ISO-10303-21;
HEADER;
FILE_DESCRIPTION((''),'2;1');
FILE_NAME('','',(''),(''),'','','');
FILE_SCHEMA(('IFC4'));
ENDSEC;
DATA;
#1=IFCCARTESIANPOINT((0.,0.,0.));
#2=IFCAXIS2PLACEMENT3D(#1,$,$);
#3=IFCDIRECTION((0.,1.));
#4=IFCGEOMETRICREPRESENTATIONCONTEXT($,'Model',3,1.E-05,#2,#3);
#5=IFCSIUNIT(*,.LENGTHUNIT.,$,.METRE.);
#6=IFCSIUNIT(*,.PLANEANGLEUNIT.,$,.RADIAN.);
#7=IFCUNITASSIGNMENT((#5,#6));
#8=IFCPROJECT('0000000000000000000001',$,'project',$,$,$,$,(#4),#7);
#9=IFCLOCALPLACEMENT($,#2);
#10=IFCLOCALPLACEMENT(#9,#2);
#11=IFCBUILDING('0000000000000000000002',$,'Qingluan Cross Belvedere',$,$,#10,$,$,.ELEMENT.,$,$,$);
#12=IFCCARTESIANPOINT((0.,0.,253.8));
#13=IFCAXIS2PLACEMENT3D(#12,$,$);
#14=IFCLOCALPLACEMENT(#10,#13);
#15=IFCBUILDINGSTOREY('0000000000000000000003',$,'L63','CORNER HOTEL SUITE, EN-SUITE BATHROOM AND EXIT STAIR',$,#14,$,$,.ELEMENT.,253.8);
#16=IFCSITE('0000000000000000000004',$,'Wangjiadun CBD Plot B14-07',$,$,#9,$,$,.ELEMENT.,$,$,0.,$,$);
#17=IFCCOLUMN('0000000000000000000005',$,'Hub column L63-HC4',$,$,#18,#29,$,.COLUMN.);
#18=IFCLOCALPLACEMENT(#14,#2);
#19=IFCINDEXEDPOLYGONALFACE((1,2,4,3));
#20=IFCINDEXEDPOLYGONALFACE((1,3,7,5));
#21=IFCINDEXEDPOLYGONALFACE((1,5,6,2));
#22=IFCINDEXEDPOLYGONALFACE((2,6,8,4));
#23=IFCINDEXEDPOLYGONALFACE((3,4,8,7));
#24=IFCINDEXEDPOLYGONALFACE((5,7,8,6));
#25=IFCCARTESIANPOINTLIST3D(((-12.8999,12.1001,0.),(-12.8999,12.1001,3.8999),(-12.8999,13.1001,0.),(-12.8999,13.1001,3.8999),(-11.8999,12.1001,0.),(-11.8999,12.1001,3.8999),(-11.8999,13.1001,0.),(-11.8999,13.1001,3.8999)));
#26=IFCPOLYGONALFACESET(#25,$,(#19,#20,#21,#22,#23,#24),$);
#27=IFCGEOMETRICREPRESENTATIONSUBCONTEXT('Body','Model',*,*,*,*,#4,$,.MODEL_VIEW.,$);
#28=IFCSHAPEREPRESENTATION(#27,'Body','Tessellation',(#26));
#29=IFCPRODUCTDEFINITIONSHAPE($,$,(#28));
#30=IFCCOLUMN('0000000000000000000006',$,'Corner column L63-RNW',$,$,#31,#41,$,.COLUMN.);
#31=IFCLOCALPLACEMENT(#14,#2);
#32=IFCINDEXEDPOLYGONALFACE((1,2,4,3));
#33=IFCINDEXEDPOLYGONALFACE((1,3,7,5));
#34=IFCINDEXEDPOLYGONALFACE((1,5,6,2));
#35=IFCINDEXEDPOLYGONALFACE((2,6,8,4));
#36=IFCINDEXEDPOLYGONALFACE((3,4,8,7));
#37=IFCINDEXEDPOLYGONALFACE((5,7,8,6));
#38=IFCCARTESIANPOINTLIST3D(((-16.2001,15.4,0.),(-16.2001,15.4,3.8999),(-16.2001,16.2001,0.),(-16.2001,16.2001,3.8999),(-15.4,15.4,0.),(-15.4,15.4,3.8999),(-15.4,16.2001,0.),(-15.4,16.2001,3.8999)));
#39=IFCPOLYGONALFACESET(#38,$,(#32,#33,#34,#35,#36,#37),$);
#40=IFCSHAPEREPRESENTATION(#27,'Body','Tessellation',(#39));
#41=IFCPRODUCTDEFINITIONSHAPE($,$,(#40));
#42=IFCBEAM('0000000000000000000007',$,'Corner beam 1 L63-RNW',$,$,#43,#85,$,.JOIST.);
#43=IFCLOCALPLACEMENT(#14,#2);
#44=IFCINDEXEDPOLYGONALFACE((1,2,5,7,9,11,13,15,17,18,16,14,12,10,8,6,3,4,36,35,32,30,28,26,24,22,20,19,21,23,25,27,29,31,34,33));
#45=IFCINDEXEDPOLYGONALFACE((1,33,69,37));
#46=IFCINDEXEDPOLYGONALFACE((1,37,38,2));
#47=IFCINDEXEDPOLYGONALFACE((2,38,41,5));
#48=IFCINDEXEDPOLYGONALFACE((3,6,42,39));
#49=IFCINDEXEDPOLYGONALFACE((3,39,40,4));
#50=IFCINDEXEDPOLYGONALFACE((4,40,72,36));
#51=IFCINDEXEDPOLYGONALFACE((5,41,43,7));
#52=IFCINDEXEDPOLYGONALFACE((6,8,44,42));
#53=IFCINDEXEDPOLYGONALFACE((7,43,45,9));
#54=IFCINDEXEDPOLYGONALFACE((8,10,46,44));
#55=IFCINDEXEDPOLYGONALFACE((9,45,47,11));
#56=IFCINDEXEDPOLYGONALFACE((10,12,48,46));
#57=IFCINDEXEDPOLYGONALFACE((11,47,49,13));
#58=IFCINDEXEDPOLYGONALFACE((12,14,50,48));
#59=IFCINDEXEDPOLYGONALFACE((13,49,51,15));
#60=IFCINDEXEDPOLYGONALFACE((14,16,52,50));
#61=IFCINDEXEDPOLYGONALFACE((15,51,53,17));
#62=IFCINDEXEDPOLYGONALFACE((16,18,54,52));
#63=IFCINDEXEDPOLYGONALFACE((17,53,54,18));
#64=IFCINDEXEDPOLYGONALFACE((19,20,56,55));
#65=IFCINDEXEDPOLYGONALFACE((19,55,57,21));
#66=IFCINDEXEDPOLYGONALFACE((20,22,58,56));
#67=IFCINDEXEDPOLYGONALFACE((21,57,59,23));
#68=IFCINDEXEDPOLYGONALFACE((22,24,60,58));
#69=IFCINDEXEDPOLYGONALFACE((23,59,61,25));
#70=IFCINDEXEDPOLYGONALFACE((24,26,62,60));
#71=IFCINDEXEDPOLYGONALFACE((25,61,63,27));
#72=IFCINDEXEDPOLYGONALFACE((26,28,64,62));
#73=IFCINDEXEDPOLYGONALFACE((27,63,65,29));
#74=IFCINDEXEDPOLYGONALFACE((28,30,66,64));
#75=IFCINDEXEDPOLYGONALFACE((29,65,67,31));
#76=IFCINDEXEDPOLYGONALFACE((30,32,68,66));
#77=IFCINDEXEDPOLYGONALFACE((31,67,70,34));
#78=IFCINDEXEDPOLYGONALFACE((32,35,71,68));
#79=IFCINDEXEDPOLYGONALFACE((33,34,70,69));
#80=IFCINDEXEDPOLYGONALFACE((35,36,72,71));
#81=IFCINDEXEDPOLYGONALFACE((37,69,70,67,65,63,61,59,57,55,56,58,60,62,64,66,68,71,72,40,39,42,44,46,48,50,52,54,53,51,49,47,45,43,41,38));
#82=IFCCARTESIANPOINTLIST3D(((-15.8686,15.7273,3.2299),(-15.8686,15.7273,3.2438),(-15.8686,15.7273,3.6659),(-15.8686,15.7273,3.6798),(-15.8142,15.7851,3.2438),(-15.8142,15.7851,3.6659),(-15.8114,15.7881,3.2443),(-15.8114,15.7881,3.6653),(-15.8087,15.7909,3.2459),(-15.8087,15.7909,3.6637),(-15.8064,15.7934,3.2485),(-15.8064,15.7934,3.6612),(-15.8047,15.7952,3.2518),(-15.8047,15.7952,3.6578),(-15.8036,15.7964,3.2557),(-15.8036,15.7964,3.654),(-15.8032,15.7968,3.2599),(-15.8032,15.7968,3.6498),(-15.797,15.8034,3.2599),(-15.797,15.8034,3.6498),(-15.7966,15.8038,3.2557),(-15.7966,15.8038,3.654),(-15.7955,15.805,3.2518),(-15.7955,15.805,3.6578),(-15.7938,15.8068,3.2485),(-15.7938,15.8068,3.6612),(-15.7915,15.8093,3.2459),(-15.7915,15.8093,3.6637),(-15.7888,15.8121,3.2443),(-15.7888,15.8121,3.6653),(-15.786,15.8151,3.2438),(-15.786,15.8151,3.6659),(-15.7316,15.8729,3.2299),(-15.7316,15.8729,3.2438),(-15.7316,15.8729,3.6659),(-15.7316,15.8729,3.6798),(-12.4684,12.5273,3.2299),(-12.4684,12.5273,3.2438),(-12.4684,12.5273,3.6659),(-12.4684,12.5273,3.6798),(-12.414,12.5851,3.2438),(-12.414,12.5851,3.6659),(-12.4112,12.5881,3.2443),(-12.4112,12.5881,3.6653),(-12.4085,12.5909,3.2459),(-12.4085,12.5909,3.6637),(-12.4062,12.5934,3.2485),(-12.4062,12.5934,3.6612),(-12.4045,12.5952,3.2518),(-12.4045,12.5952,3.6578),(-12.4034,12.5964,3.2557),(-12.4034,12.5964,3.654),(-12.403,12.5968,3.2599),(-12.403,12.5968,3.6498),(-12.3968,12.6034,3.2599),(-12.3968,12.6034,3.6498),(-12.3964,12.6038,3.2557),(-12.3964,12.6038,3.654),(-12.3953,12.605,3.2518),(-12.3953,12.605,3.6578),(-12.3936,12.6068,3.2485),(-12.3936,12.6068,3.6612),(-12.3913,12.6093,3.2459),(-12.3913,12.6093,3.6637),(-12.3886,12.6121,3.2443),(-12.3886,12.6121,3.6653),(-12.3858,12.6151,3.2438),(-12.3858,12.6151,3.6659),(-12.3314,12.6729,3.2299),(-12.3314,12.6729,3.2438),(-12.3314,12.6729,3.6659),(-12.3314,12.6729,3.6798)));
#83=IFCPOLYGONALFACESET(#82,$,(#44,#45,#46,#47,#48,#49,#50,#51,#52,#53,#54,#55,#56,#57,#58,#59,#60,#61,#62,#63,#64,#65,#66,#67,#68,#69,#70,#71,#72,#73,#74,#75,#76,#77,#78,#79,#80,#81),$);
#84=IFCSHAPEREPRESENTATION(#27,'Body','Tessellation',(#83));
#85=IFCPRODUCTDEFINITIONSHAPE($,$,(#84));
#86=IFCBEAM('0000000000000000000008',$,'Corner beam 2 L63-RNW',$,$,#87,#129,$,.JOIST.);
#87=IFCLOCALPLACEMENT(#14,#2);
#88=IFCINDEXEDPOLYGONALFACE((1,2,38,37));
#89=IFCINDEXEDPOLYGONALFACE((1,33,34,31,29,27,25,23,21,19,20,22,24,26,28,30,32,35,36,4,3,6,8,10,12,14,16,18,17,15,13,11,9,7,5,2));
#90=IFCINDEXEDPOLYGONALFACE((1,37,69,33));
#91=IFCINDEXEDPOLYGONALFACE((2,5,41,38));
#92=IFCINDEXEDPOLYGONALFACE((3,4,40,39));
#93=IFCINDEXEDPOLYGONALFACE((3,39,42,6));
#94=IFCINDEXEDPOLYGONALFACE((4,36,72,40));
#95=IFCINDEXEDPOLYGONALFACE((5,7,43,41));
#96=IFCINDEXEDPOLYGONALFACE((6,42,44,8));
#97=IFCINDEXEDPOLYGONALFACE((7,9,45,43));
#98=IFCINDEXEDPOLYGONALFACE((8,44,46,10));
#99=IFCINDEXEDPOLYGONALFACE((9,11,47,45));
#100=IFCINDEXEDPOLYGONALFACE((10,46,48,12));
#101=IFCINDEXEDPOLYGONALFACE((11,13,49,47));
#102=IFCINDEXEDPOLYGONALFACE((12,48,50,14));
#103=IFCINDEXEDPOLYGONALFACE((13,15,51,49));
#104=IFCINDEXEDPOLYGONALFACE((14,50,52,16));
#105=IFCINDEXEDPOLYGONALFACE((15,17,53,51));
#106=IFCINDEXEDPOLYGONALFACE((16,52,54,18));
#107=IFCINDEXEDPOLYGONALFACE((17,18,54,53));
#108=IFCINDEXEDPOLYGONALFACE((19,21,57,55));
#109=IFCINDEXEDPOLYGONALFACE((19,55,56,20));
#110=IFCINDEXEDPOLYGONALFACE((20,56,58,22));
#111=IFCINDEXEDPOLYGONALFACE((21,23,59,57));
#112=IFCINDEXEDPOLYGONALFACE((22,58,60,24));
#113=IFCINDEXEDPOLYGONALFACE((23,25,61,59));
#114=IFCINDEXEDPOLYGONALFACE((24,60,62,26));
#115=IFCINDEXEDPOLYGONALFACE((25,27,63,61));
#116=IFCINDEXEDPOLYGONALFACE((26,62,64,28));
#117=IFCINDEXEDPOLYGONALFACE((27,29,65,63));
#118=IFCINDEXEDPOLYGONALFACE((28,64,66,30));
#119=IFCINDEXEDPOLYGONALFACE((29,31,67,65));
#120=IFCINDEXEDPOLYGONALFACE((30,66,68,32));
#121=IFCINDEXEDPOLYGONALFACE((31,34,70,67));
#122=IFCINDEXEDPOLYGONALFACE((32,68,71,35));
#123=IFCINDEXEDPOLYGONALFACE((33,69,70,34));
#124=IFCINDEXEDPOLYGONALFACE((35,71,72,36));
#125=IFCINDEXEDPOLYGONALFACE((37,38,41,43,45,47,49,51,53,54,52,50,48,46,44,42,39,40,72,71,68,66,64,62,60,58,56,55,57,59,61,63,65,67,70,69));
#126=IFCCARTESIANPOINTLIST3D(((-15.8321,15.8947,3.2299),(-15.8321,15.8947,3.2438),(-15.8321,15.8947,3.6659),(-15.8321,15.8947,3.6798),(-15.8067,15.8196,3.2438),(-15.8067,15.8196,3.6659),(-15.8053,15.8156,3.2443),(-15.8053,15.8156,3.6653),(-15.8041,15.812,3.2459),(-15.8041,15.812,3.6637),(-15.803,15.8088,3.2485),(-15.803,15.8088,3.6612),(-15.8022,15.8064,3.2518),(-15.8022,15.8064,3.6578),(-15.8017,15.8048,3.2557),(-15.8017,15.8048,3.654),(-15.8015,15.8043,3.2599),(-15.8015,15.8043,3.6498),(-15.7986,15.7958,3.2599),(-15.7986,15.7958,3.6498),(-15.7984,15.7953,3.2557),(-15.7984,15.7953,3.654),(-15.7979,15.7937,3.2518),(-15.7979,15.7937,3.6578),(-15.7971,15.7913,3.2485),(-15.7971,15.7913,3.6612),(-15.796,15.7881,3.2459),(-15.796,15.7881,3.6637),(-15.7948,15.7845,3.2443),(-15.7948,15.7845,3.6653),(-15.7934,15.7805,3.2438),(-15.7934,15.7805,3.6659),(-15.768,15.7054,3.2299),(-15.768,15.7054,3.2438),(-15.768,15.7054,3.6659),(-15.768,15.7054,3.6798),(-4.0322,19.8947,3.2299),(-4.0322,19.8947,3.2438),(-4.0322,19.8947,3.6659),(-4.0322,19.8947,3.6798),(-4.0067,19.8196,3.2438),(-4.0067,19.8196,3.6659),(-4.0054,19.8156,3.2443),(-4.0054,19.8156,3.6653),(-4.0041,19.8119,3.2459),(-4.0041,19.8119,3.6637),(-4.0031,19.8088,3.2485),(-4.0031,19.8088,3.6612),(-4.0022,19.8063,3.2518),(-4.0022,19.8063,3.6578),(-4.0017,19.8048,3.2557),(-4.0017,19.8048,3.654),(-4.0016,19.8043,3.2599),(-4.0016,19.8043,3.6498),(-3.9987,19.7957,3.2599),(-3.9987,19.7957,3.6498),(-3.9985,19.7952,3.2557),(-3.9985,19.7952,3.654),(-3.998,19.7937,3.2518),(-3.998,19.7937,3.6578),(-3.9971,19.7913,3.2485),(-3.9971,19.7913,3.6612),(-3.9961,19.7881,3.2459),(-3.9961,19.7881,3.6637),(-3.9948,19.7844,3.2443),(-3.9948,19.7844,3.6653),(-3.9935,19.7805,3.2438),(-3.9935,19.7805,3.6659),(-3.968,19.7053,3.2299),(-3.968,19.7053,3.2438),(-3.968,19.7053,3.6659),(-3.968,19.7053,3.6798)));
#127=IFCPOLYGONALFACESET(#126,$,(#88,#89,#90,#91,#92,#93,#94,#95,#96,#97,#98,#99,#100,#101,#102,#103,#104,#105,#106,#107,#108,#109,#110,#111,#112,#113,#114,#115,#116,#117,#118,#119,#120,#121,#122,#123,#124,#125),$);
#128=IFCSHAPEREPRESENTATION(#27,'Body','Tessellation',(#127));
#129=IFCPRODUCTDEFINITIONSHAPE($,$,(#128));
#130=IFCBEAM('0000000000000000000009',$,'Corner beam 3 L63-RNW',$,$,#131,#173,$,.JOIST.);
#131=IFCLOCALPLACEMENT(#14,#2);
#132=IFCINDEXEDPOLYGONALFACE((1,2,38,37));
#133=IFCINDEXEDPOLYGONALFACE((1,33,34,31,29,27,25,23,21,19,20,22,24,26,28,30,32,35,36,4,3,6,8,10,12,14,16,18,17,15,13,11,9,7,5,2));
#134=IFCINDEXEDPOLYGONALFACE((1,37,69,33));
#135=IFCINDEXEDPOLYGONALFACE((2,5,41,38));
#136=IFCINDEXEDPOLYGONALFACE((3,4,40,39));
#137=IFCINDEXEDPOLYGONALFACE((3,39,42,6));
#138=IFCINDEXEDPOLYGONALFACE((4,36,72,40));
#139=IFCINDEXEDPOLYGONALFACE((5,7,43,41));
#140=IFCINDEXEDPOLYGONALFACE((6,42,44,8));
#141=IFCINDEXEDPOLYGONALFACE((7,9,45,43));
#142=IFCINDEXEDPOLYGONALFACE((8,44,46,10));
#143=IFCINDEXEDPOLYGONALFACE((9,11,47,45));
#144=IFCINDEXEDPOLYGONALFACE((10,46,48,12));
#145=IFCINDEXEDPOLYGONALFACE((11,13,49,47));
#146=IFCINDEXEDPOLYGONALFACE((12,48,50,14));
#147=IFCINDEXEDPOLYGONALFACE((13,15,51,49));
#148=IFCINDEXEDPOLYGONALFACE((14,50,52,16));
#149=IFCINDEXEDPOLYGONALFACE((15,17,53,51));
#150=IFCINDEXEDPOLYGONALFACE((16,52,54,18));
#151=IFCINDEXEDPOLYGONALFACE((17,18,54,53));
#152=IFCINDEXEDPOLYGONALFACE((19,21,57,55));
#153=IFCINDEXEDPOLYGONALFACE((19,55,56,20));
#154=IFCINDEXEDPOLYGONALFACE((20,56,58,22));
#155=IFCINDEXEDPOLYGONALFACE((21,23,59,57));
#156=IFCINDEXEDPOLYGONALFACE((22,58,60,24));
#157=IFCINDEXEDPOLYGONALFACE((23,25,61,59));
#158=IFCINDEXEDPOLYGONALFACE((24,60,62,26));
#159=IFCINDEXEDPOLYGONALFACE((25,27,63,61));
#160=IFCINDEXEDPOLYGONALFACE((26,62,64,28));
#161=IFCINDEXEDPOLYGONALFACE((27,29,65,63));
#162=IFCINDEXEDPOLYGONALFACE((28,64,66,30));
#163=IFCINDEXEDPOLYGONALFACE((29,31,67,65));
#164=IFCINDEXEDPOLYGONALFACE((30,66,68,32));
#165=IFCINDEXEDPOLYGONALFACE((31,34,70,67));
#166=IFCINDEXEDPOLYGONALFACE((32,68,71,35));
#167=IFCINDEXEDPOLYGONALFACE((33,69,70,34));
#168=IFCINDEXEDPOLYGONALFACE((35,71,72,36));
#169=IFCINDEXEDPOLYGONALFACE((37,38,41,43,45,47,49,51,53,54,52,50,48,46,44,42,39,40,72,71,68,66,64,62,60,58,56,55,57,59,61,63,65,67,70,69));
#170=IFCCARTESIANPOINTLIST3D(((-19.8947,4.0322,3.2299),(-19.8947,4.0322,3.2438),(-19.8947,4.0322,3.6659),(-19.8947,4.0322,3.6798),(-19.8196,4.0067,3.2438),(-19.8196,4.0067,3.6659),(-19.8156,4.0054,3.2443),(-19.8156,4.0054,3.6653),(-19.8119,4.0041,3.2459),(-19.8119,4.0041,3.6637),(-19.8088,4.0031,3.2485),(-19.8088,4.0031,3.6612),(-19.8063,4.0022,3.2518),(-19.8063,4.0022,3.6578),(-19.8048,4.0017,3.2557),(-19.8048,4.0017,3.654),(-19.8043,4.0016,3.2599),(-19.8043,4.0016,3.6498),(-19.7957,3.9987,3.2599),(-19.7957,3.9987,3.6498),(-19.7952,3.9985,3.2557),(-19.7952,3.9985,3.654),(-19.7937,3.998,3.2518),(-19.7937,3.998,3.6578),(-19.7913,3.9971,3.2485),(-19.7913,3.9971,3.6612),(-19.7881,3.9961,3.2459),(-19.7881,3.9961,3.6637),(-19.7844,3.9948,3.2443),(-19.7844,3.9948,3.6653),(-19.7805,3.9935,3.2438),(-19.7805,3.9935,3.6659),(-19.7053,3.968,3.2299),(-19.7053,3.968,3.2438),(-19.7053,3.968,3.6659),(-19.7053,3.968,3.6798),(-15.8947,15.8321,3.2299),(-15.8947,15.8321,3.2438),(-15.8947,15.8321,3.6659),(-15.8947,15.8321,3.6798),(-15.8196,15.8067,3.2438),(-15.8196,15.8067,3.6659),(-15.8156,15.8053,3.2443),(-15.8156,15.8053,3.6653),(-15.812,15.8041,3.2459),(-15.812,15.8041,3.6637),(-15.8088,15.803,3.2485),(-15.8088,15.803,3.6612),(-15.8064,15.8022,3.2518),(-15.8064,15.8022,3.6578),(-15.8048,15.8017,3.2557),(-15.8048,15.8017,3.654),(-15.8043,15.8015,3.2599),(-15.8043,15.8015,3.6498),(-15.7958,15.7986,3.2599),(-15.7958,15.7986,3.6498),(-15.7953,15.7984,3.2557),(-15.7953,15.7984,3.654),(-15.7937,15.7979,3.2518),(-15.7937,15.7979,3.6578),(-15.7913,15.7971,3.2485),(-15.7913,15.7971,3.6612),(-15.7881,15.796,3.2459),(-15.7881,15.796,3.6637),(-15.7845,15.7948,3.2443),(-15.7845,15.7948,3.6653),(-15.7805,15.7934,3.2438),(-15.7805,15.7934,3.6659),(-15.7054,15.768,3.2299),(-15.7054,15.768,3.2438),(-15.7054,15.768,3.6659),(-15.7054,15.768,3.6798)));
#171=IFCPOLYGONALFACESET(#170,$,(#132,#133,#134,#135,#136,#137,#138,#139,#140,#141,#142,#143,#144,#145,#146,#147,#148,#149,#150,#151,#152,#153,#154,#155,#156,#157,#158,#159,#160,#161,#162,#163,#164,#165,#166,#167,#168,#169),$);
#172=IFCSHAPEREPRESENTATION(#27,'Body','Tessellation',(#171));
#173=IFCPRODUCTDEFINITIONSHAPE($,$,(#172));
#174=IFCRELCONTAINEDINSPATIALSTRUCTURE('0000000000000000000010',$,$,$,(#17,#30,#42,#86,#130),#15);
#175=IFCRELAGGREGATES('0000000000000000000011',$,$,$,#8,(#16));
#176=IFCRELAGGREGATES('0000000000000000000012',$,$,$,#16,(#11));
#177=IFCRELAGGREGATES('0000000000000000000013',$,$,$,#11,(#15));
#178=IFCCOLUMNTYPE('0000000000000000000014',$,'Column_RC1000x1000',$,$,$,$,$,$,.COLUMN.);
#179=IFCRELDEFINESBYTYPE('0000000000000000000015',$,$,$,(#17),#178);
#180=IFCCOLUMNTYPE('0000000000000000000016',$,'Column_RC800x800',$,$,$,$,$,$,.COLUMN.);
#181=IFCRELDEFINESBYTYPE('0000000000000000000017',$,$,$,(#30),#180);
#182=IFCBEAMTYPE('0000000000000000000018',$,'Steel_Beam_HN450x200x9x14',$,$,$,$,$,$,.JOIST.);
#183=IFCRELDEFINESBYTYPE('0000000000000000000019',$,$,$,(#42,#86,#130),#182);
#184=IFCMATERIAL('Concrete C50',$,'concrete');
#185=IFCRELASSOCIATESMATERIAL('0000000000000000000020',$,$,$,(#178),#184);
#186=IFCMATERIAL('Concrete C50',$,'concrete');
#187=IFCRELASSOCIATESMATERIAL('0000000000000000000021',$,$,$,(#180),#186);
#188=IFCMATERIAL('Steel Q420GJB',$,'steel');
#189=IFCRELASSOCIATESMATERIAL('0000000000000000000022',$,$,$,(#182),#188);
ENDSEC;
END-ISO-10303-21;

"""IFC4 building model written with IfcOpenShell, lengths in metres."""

from ifc_helpers import new_model, si_unit, direction, frame, origin, origin_2d, place, context, subcontext, project, spatial, rectangle, i_section, extrude, material, material_profile, profile_set, type_object, element, save


model = new_model("IFC4")

# Units and contexts
model_context = context("Model", 3, precision=1e-05, world=origin(), true_north=direction((0.0, 1.0)))
body_context = subcontext(model_context, "Body", "Model", "MODEL_VIEW")
ifc_project = project(units=[si_unit("LENGTHUNIT", "METRE"), si_unit("PLANEANGLEUNIT", "RADIAN")], contexts=[model_context])

# Site, building, storey
site_placement = place(None, origin())
site = spatial("IfcSite", under=ifc_project, at=site_placement, Name="Wangjiadun CBD Plot B14-07", CompositionType="ELEMENT", RefElevation=0.0)
building_placement = place(site_placement, origin())
building = spatial("IfcBuilding", under=site, at=building_placement, Name="Qingluan Cross Belvedere", CompositionType="ELEMENT")
storey_placement = place(building_placement, frame((0.0, 0.0, 253.8)))
storey = spatial("IfcBuildingStorey", under=building, at=storey_placement, Name="L63", Description="CORNER HOTEL SUITE, EN-SUITE BATHROOM AND EXIT STAIR", CompositionType="ELEMENT", Elevation=253.8)

# Columns
ifc_material_1 = material(Name="Concrete C50", Category="concrete")
ifc_material_profile_1 = material_profile(ifc_material_1, rectangle(XDim=1.0, YDim=1.0, at=origin_2d()), Name="RC1000x1000")
ifc_profile_set_1 = profile_set([ifc_material_profile_1], Name="Concrete C50")
column_type_1 = type_object("IfcColumnType", Name="Column_RC1000x1000", PredefinedType="COLUMN", material=ifc_profile_set_1)
column_1_placement = place(storey_placement, frame((-12.3999, 12.6001, 0.0), z_axis=(0.0, 0.0, 1.0), x_axis=(1.0, 0.0, 0.0)))
element("IfcColumn", 1, at=column_1_placement, inside=storey, type_object=column_type_1, Name="Hub column L63-HC4", PredefinedType="COLUMN", context=body_context, shape_type="SweptSolid", body=[
    extrude(rectangle(XDim=1.0, YDim=1.0, at=origin_2d()), origin(), (0.0, 0.0, 1.0), 3.8999),
])
ifc_material_2 = material(Name="Concrete C50", Category="concrete")
ifc_material_profile_2 = material_profile(ifc_material_2, rectangle(XDim=0.8, YDim=0.8, at=origin_2d()), Name="RC800x800")
ifc_profile_set_2 = profile_set([ifc_material_profile_2], Name="Concrete C50")
column_type_2 = type_object("IfcColumnType", Name="Column_RC800x800", PredefinedType="COLUMN", material=ifc_profile_set_2)
column_2_placement = place(storey_placement, frame((-15.8, 15.8, 0.0), z_axis=(0.0, 0.0, 1.0), x_axis=(1.0, 0.0, 0.0)))
element("IfcColumn", 2, at=column_2_placement, inside=storey, type_object=column_type_2, Name="Corner column L63-RNW", PredefinedType="COLUMN", context=body_context, shape_type="SweptSolid", body=[
    extrude(rectangle(XDim=0.8, YDim=0.8, at=origin_2d()), origin(), (0.0, 0.0, 1.0), 3.8999),
])

# Beams
ifc_material_3 = material(Name="Steel Q420GJB", Category="steel")
ifc_material_profile_3 = material_profile(ifc_material_3, i_section(OverallWidth=0.2, OverallDepth=0.45, WebThickness=0.009, FlangeThickness=0.0139, FilletRadius=0.0161, at=origin_2d()), Name="HN450x200x9x14")
ifc_profile_set_3 = profile_set([ifc_material_profile_3], Name="Steel Q420GJB")
beam_type_1 = type_object("IfcBeamType", Name="Steel_Beam_HN450x200x9x14", PredefinedType="JOIST", material=ifc_profile_set_3)
beam_1_placement = place(storey_placement, frame((-12.3999, 12.6001, 3.4548), z_axis=(-0.72822, 0.685343, 0.0), x_axis=(-0.685343, -0.72822, 0.0)))
element("IfcBeam", 3, at=beam_1_placement, inside=storey, type_object=beam_type_1, Name="Corner beam 1 L63-RNW", PredefinedType="JOIST", context=body_context, shape_type="SweptSolid", body=[
    extrude(i_section(OverallWidth=0.2, OverallDepth=0.45, WebThickness=0.009, FlangeThickness=0.0139, FilletRadius=0.0161, at=origin_2d()), origin(), (0.0, 0.0, 1.0), 4.6692),
])
for number, where, z_axis, x_axis, name in (
    (4, (-15.8, 15.8, 3.4548), (0.947066, 0.321038, 0.0), (-0.321038, 0.947066, 0.0), "Corner beam 2 L63-RNW"),
    (5, (-15.8, 15.8, 3.4548), (-0.321038, -0.947066, 0.0), (0.947066, -0.321038, 0.0), "Corner beam 3 L63-RNW"),
):
    element("IfcBeam", number, at=place(storey_placement, frame(where, z_axis=z_axis, x_axis=x_axis)), inside=storey, type_object=beam_type_1, Name=name, PredefinedType="JOIST", context=body_context, shape_type="SweptSolid", body=[
        extrude(i_section(OverallWidth=0.2, OverallDepth=0.45, WebThickness=0.009, FlangeThickness=0.0139, FilletRadius=0.0161, at=origin_2d()), origin(), (0.0, 0.0, 1.0), 12.4595),
    ])

save(model, "model.ifc")
